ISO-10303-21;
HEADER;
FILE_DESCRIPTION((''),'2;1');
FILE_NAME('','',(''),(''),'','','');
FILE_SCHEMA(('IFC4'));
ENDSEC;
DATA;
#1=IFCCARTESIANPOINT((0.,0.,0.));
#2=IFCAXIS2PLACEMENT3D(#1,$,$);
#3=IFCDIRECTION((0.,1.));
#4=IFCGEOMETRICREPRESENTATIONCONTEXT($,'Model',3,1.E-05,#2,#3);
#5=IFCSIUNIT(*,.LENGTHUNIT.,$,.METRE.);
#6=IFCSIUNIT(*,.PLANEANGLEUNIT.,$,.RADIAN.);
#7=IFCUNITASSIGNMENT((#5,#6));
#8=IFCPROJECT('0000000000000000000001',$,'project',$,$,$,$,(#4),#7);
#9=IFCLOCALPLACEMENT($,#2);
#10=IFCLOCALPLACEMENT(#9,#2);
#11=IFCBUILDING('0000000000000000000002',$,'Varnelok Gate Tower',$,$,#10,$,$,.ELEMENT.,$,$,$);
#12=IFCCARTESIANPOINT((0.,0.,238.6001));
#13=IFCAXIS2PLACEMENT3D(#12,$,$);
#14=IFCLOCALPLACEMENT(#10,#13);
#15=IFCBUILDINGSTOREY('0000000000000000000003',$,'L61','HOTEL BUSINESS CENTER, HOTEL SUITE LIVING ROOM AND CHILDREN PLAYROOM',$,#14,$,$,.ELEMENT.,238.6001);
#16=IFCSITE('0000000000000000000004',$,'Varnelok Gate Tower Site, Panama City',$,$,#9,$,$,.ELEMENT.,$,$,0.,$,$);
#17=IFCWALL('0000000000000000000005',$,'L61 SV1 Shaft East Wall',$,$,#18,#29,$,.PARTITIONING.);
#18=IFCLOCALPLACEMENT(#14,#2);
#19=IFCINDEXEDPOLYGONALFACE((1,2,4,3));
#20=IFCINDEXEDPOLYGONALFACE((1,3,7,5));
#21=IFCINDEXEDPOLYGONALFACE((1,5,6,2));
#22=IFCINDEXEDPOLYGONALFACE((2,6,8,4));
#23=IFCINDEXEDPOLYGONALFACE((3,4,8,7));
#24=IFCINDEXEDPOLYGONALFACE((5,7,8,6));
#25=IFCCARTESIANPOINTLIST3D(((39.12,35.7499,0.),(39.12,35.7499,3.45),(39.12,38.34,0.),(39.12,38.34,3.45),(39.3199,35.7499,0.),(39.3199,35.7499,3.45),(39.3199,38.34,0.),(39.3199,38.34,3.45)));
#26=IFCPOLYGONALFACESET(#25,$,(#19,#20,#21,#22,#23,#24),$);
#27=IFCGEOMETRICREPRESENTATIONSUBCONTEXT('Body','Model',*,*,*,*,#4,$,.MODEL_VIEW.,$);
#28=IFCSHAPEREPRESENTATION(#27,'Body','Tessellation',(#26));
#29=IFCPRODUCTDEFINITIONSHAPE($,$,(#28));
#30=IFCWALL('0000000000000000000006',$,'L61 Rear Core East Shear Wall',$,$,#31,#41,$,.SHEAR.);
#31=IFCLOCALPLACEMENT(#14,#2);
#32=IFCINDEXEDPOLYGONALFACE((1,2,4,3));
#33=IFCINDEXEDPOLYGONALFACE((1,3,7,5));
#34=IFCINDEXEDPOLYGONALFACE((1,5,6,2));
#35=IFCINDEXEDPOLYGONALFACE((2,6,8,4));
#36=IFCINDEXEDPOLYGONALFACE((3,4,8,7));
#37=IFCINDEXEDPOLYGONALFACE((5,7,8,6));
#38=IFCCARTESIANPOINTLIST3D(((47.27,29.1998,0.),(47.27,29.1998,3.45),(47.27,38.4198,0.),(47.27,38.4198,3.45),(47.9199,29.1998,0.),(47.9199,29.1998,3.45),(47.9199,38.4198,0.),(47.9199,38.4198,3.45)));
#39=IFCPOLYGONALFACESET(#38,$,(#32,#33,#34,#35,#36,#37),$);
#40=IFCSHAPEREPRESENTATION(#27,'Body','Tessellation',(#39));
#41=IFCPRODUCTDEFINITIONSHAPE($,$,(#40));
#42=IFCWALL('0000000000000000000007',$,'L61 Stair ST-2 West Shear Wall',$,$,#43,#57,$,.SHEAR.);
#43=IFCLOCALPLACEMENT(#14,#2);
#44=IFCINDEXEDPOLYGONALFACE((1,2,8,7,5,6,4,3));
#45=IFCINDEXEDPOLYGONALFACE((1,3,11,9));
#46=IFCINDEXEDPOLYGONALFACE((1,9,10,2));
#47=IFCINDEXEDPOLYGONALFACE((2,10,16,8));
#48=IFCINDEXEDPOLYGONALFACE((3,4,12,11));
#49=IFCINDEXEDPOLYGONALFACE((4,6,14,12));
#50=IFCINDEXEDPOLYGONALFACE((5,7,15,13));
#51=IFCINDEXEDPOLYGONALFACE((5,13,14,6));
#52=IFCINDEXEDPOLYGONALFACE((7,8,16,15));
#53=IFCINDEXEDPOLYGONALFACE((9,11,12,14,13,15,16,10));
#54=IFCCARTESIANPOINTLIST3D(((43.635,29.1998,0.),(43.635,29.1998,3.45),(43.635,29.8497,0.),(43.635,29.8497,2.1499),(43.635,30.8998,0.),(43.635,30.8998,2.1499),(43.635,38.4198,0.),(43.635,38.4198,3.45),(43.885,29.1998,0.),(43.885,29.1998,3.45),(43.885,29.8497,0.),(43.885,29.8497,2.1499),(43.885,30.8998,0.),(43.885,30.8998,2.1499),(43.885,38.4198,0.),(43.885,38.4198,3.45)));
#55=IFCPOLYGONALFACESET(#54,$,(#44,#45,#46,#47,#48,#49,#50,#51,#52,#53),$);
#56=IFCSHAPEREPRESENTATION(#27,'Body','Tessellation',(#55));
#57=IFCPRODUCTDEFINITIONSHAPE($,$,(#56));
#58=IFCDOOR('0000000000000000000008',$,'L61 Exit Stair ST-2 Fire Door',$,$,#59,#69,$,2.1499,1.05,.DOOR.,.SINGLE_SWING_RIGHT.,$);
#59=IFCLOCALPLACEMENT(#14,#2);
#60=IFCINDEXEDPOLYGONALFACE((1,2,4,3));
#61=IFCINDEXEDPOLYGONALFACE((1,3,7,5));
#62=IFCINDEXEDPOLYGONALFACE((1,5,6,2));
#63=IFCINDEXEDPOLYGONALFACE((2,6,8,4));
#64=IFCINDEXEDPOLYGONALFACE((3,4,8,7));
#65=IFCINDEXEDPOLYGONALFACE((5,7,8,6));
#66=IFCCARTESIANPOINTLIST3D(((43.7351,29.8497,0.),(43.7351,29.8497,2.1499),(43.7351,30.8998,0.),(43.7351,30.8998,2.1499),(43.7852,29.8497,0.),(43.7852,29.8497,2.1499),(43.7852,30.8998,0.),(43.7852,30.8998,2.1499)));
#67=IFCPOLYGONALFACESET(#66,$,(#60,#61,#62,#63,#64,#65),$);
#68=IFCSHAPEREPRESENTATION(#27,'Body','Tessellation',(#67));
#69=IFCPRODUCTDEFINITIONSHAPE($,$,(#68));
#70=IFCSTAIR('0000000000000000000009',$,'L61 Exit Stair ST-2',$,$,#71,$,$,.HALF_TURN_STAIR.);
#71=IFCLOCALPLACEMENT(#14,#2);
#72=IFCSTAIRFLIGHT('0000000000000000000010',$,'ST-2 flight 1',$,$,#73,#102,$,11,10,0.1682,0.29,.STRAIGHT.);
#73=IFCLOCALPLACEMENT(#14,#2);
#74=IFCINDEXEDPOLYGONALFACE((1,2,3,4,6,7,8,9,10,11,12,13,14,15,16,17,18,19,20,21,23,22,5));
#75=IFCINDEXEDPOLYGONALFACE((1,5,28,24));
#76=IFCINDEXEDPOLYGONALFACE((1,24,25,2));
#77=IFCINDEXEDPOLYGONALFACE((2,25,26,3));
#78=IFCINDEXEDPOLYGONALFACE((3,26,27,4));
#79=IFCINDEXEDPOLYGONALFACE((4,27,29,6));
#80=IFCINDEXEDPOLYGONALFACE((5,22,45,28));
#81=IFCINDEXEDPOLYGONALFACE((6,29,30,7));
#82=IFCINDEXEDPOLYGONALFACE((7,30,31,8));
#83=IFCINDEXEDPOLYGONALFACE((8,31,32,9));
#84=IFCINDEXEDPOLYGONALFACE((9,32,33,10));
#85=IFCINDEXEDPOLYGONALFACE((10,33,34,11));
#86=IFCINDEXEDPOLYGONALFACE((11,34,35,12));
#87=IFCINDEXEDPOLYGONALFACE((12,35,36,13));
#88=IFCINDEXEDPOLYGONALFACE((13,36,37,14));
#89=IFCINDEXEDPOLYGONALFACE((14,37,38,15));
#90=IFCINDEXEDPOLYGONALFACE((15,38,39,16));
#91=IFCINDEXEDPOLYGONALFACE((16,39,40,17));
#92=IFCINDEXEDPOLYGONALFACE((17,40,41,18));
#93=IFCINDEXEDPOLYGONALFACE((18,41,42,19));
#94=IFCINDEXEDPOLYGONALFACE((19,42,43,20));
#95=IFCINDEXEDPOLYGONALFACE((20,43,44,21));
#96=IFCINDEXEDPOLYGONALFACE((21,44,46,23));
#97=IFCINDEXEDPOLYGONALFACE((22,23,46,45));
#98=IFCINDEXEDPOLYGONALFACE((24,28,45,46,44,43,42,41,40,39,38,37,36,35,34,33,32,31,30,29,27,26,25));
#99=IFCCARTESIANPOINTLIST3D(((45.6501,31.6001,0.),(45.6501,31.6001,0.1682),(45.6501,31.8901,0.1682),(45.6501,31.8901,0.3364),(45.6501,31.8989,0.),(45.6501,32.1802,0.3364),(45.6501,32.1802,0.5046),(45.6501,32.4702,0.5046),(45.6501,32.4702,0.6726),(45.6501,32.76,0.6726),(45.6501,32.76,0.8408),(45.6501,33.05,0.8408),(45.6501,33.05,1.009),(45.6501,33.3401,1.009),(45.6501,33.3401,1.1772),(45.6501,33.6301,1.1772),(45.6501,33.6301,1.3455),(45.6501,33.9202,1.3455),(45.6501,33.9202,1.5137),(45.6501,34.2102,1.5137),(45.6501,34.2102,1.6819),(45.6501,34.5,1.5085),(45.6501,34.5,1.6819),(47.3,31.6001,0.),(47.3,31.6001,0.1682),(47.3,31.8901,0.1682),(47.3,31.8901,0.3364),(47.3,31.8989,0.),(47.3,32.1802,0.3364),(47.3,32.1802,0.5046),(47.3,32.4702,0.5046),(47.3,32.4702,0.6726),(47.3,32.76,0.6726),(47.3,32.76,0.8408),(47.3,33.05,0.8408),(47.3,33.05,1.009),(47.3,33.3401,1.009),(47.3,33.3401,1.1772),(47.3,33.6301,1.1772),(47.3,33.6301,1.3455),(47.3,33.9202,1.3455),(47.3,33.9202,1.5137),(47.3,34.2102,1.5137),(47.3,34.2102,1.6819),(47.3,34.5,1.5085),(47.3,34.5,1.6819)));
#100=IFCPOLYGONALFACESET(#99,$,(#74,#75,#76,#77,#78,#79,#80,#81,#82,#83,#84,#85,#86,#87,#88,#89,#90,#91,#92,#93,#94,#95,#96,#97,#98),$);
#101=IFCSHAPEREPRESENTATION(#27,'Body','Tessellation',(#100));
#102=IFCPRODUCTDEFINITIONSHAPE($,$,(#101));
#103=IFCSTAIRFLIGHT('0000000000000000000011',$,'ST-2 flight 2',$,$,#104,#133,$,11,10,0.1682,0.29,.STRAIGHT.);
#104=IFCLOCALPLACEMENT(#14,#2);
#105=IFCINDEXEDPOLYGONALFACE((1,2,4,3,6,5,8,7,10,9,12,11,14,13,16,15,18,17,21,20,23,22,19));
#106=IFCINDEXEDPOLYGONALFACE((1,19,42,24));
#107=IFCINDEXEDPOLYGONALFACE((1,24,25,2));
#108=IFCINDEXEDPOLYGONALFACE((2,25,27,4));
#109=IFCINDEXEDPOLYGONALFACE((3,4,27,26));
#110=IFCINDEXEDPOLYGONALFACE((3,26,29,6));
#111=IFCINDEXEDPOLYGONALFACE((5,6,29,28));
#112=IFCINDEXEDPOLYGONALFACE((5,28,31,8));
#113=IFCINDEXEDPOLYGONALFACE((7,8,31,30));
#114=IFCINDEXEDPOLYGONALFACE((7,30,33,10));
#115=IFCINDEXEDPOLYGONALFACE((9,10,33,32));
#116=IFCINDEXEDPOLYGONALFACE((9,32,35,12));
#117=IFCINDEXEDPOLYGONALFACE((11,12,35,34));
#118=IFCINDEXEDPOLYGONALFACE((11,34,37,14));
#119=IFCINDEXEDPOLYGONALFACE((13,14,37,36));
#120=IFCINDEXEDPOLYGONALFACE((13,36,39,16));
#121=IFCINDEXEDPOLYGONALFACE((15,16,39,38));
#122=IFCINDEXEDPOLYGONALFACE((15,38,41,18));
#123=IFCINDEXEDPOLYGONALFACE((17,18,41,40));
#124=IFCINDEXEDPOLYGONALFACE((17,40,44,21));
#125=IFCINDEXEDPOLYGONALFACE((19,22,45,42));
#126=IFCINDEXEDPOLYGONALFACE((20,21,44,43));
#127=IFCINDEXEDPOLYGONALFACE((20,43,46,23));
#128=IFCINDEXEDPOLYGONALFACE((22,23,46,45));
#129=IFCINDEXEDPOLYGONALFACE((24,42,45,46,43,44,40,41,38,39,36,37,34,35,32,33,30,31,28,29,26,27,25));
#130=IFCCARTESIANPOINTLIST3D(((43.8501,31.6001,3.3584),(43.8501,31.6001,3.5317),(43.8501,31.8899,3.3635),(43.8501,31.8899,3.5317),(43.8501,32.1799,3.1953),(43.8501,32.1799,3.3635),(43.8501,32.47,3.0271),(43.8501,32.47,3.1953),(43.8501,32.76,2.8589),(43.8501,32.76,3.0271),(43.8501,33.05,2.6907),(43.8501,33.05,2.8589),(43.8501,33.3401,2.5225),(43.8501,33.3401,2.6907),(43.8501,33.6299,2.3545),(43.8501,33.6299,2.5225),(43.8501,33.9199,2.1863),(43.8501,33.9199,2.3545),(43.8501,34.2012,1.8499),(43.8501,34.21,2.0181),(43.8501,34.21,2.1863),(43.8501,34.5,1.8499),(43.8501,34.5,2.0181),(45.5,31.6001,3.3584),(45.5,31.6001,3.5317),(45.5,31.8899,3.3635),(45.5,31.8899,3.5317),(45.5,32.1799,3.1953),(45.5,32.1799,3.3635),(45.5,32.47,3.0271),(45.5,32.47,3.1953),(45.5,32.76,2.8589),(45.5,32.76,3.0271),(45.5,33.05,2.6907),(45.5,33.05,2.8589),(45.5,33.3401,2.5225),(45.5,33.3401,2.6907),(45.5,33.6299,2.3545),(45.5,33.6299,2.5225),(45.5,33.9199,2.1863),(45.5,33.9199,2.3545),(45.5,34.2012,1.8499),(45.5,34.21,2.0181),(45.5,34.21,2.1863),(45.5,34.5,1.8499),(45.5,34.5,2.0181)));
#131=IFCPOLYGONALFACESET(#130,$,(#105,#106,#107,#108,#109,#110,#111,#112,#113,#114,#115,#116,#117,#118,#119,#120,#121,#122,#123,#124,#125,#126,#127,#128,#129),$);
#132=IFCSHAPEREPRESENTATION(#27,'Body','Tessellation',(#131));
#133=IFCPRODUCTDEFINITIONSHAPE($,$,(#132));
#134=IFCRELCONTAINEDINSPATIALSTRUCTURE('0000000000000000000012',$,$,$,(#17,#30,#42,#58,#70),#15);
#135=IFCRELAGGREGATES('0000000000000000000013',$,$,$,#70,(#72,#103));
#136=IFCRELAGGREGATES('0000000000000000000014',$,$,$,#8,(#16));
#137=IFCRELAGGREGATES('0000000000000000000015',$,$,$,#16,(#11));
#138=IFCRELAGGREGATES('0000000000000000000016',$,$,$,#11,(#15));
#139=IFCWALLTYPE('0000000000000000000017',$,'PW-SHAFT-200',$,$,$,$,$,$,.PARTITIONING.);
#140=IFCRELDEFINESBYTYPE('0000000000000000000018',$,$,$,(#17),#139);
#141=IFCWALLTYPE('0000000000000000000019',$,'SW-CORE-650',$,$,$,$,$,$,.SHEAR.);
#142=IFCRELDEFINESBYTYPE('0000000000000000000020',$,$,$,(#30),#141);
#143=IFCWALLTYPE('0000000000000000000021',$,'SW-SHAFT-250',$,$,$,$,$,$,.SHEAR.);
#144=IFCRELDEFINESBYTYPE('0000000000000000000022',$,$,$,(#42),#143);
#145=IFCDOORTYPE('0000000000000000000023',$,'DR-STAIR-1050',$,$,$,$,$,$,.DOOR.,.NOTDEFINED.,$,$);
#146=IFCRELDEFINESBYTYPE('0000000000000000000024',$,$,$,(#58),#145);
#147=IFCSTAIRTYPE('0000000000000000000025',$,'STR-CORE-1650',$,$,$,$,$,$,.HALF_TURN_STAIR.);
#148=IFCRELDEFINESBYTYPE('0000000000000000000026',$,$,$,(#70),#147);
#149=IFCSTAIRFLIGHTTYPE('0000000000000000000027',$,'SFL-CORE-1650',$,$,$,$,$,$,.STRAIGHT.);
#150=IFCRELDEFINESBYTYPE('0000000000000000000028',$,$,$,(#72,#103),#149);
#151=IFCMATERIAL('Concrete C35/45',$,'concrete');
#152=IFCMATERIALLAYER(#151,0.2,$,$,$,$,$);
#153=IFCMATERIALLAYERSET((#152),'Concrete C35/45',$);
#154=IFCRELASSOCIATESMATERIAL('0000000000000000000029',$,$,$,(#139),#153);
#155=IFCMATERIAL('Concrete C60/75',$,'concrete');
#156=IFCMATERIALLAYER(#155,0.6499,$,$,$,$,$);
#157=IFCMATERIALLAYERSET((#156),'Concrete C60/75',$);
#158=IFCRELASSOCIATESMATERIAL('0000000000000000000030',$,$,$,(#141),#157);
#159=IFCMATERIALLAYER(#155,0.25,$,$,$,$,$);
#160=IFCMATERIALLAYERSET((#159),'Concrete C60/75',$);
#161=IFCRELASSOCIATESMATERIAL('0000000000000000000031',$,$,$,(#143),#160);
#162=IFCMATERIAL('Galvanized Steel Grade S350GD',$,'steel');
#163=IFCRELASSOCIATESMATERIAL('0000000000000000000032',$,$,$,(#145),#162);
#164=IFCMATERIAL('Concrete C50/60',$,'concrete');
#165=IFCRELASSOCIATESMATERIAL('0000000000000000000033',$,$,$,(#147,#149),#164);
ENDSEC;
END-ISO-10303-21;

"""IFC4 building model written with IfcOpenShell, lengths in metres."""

from ifc_helpers import new_model, si_unit, direction, frame, frame_2d, origin, place, context, subcontext, project, spatial, polyline, rectangle, outline, extrude, material, layer, layer_set, type_object, element, fill, aggregate, save


model = new_model("IFC4")

# Units and contexts
model_context = context("Model", 3, precision=1e-05, world=origin(), true_north=direction((0.0, 1.0)))
body_context = subcontext(model_context, "Body", "Model", "MODEL_VIEW")
ifc_project = project(units=[si_unit("LENGTHUNIT", "METRE"), si_unit("PLANEANGLEUNIT", "RADIAN")], contexts=[model_context])

# Site, building, storey
site_placement = place(None, origin())
site = spatial("IfcSite", under=ifc_project, at=site_placement, Name="Varnelok Gate Tower Site, Panama City", CompositionType="ELEMENT", RefElevation=0.0)
building_placement = place(site_placement, origin())
building = spatial("IfcBuilding", under=site, at=building_placement, Name="Varnelok Gate Tower", CompositionType="ELEMENT")
storey_placement = place(building_placement, frame((0.0, 0.0, 238.6001)))
storey = spatial("IfcBuildingStorey", under=building, at=storey_placement, Name="L61", Description="HOTEL BUSINESS CENTER, HOTEL SUITE LIVING ROOM AND CHILDREN PLAYROOM", CompositionType="ELEMENT", Elevation=238.6001)

# Shared definitions
ifc_material_1 = material(Name="Galvanized Steel Grade S350GD", Category="steel")

# Shared definitions
ifc_material_2 = material(Name="Concrete C35/45", Category="concrete")
ifc_layer_1 = layer(ifc_material_2, 0.2)
ifc_layer_set_1 = layer_set([ifc_layer_1], Name="Concrete C35/45")
wall_type_1 = type_object("IfcWallType", Name="PW-SHAFT-200", PredefinedType="PARTITIONING", material=ifc_layer_set_1)

# Walls
wall_1_placement = place(storey_placement, frame((39.22, 35.75, 0.0), z_axis=(0.0, 0.0, 1.0), x_axis=(0.0, 1.0, 0.0)))
element("IfcWall", 1, at=wall_1_placement, inside=storey, type_object=wall_type_1, Name="L61 SV1 Shaft East Wall", PredefinedType="PARTITIONING", context=body_context, shape_type="SweptSolid", body=[
    extrude(rectangle(XDim=2.5901, YDim=0.2, at=frame_2d((1.2949, 0.0))), origin(), (0.0, 0.0, 1.0), 3.45),
])
ifc_material_3 = material(Name="Concrete C60/75", Category="concrete")
ifc_layer_2 = layer(ifc_material_3, 0.6499)
ifc_layer_set_2 = layer_set([ifc_layer_2], Name="Concrete C60/75")
wall_type_2 = type_object("IfcWallType", Name="SW-CORE-650", PredefinedType="SHEAR", material=ifc_layer_set_2)
wall_2_placement = place(storey_placement, frame((47.595, 29.2, 0.0), z_axis=(0.0, 0.0, 1.0), x_axis=(0.0, 1.0, 0.0)))
element("IfcWall", 2, at=wall_2_placement, inside=storey, type_object=wall_type_2, Name="L61 Rear Core East Shear Wall", PredefinedType="SHEAR", context=body_context, shape_type="SweptSolid", body=[
    extrude(rectangle(XDim=9.22, YDim=0.6499, at=frame_2d((4.6099, 0.0))), origin(), (0.0, 0.0, 1.0), 3.45),
])

# Wall, opening, door
ifc_layer_3 = layer(ifc_material_3, 0.25)
ifc_layer_set_3 = layer_set([ifc_layer_3], Name="Concrete C60/75")
wall_type_3 = type_object("IfcWallType", Name="SW-SHAFT-250", PredefinedType="SHEAR", material=ifc_layer_set_3)
wall_3_placement = place(storey_placement, frame((43.76, 29.2, 0.0), z_axis=(0.0, 0.0, 1.0), x_axis=(0.0, 1.0, 0.0)))
wall_3 = element("IfcWall", 3, at=wall_3_placement, inside=storey, type_object=wall_type_3, Name="L61 Stair ST-2 West Shear Wall", PredefinedType="SHEAR", context=body_context, shape_type="SweptSolid", body=[
    extrude(rectangle(XDim=9.22, YDim=0.25, at=frame_2d((4.6099, 0.0))), origin(), (0.0, 0.0, 1.0), 3.45),
])
opening_1_placement = place(wall_3_placement, frame((0.6499, 0.0, 0.0)))
opening_1 = element("IfcOpeningElement", 4, at=opening_1_placement, cuts=wall_3, PredefinedType="OPENING", context=body_context, shape_type="SweptSolid", body=[
    extrude(rectangle(XDim=1.05, YDim=2.1499, at=frame_2d((0.5249, 1.075))), frame((0.0, 0.135, 0.0), z_axis=(0.0, -1.0, 0.0), x_axis=(1.0, 0.0, 0.0)), (0.0, 0.0, 1.0), 0.27),
])
door_type_1 = type_object("IfcDoorType", Name="DR-STAIR-1050", OperationType="NOTDEFINED", PredefinedType="DOOR", material=ifc_material_1)
door_1_placement = place(opening_1_placement, origin())
door_1 = element("IfcDoor", 5, at=door_1_placement, inside=storey, type_object=door_type_1, Name="L61 Exit Stair ST-2 Fire Door", OperationType="SINGLE_SWING_RIGHT", OverallHeight=2.1499, OverallWidth=1.05, PredefinedType="DOOR", context=body_context, shape_type="SweptSolid", body=[
    extrude(rectangle(XDim=1.05, YDim=2.1499, at=frame_2d((0.5249, 1.075))), frame((0.0, 0.0249, 0.0), z_axis=(0.0, -1.0, 0.0), x_axis=(1.0, 0.0, 0.0)), (0.0, 0.0, 1.0), 0.05),
])
fill(opening_1, door_1)

# Stair, stair flights
ifc_material_4 = material(Name="Concrete C50/60", Category="concrete")
stair_type = type_object("IfcStairType", Name="STR-CORE-1650", PredefinedType="HALF_TURN_STAIR", material=ifc_material_4)
stair_placement = place(storey_placement, origin())
stair = element("IfcStair", 6, at=stair_placement, inside=storey, type_object=stair_type, Name="L61 Exit Stair ST-2", PredefinedType="HALF_TURN_STAIR")
stair_flight_type = type_object("IfcStairFlightType", Name="SFL-CORE-1650", PredefinedType="STRAIGHT", material=ifc_material_4)
stair_flight_1_placement = place(storey_placement, frame((46.4751, 31.6001, 0.0), z_axis=(0.0, 0.0, 1.0), x_axis=(0.0, 1.0, 0.0)))
stair_flight_1 = element("IfcStairFlight", 7, at=stair_flight_1_placement, type_object=stair_flight_type, Name="ST-2 flight 1", NumberOfRisers=11, NumberOfTreads=10, PredefinedType="STRAIGHT", RiserHeight=0.1682, TreadLength=0.29, context=body_context, shape_type="SweptSolid", body=[
    extrude(outline(polyline([(0.0, 0.0), (0.0, 0.1682), (0.29, 0.1682), (0.29, 0.3364), (0.5801, 0.3364), (0.5801, 0.5046), (0.8701, 0.5046), (0.8701, 0.6726), (1.1599, 0.6726), (1.1599, 0.8408), (1.45, 0.8408), (1.45, 1.009), (1.74, 1.009), (1.74, 1.1772), (2.03, 1.1772), (2.03, 1.3455), (2.3201, 1.3455), (2.3201, 1.5137), (2.6101, 1.5137), (2.6101, 1.6819), (2.8999, 1.6819), (2.8999, 1.8501), (2.8999, 1.5085), (0.2988, 0.0), (0.0, 0.0)])), frame((0.0, 0.825, 0.0), z_axis=(0.0, -1.0, 0.0), x_axis=(1.0, 0.0, 0.0)), (0.0, 0.0, 1.0), 1.6499),
])
stair_flight_2_placement = place(storey_placement, frame((44.675, 34.5, 1.8499), z_axis=(0.0, 0.0, 1.0), x_axis=(0.0, -1.0, 0.0)))
stair_flight_2 = element("IfcStairFlight", 8, at=stair_flight_2_placement, type_object=stair_flight_type, Name="ST-2 flight 2", NumberOfRisers=11, NumberOfTreads=10, PredefinedType="STRAIGHT", RiserHeight=0.1682, TreadLength=0.29, context=body_context, shape_type="SweptSolid", body=[
    extrude(outline(polyline([(0.0, 0.0), (0.0, 0.1682), (0.29, 0.1682), (0.29, 0.3364), (0.5801, 0.3364), (0.5801, 0.5046), (0.8701, 0.5046), (0.8701, 0.6726), (1.1599, 0.6726), (1.1599, 0.8408), (1.45, 0.8408), (1.45, 1.009), (1.74, 1.009), (1.74, 1.1772), (2.03, 1.1772), (2.03, 1.3455), (2.3201, 1.3455), (2.3201, 1.5137), (2.6101, 1.5137), (2.6101, 1.6819), (2.8999, 1.6819), (2.8999, 1.8501), (2.8999, 1.5085), (0.2988, 0.0), (0.0, 0.0)])), frame((0.0, 0.825, 0.0), z_axis=(0.0, -1.0, 0.0), x_axis=(1.0, 0.0, 0.0)), (0.0, 0.0, 1.0), 1.6499),
])
aggregate(stair, [stair_flight_1, stair_flight_2])

save(model, "model.ifc")
